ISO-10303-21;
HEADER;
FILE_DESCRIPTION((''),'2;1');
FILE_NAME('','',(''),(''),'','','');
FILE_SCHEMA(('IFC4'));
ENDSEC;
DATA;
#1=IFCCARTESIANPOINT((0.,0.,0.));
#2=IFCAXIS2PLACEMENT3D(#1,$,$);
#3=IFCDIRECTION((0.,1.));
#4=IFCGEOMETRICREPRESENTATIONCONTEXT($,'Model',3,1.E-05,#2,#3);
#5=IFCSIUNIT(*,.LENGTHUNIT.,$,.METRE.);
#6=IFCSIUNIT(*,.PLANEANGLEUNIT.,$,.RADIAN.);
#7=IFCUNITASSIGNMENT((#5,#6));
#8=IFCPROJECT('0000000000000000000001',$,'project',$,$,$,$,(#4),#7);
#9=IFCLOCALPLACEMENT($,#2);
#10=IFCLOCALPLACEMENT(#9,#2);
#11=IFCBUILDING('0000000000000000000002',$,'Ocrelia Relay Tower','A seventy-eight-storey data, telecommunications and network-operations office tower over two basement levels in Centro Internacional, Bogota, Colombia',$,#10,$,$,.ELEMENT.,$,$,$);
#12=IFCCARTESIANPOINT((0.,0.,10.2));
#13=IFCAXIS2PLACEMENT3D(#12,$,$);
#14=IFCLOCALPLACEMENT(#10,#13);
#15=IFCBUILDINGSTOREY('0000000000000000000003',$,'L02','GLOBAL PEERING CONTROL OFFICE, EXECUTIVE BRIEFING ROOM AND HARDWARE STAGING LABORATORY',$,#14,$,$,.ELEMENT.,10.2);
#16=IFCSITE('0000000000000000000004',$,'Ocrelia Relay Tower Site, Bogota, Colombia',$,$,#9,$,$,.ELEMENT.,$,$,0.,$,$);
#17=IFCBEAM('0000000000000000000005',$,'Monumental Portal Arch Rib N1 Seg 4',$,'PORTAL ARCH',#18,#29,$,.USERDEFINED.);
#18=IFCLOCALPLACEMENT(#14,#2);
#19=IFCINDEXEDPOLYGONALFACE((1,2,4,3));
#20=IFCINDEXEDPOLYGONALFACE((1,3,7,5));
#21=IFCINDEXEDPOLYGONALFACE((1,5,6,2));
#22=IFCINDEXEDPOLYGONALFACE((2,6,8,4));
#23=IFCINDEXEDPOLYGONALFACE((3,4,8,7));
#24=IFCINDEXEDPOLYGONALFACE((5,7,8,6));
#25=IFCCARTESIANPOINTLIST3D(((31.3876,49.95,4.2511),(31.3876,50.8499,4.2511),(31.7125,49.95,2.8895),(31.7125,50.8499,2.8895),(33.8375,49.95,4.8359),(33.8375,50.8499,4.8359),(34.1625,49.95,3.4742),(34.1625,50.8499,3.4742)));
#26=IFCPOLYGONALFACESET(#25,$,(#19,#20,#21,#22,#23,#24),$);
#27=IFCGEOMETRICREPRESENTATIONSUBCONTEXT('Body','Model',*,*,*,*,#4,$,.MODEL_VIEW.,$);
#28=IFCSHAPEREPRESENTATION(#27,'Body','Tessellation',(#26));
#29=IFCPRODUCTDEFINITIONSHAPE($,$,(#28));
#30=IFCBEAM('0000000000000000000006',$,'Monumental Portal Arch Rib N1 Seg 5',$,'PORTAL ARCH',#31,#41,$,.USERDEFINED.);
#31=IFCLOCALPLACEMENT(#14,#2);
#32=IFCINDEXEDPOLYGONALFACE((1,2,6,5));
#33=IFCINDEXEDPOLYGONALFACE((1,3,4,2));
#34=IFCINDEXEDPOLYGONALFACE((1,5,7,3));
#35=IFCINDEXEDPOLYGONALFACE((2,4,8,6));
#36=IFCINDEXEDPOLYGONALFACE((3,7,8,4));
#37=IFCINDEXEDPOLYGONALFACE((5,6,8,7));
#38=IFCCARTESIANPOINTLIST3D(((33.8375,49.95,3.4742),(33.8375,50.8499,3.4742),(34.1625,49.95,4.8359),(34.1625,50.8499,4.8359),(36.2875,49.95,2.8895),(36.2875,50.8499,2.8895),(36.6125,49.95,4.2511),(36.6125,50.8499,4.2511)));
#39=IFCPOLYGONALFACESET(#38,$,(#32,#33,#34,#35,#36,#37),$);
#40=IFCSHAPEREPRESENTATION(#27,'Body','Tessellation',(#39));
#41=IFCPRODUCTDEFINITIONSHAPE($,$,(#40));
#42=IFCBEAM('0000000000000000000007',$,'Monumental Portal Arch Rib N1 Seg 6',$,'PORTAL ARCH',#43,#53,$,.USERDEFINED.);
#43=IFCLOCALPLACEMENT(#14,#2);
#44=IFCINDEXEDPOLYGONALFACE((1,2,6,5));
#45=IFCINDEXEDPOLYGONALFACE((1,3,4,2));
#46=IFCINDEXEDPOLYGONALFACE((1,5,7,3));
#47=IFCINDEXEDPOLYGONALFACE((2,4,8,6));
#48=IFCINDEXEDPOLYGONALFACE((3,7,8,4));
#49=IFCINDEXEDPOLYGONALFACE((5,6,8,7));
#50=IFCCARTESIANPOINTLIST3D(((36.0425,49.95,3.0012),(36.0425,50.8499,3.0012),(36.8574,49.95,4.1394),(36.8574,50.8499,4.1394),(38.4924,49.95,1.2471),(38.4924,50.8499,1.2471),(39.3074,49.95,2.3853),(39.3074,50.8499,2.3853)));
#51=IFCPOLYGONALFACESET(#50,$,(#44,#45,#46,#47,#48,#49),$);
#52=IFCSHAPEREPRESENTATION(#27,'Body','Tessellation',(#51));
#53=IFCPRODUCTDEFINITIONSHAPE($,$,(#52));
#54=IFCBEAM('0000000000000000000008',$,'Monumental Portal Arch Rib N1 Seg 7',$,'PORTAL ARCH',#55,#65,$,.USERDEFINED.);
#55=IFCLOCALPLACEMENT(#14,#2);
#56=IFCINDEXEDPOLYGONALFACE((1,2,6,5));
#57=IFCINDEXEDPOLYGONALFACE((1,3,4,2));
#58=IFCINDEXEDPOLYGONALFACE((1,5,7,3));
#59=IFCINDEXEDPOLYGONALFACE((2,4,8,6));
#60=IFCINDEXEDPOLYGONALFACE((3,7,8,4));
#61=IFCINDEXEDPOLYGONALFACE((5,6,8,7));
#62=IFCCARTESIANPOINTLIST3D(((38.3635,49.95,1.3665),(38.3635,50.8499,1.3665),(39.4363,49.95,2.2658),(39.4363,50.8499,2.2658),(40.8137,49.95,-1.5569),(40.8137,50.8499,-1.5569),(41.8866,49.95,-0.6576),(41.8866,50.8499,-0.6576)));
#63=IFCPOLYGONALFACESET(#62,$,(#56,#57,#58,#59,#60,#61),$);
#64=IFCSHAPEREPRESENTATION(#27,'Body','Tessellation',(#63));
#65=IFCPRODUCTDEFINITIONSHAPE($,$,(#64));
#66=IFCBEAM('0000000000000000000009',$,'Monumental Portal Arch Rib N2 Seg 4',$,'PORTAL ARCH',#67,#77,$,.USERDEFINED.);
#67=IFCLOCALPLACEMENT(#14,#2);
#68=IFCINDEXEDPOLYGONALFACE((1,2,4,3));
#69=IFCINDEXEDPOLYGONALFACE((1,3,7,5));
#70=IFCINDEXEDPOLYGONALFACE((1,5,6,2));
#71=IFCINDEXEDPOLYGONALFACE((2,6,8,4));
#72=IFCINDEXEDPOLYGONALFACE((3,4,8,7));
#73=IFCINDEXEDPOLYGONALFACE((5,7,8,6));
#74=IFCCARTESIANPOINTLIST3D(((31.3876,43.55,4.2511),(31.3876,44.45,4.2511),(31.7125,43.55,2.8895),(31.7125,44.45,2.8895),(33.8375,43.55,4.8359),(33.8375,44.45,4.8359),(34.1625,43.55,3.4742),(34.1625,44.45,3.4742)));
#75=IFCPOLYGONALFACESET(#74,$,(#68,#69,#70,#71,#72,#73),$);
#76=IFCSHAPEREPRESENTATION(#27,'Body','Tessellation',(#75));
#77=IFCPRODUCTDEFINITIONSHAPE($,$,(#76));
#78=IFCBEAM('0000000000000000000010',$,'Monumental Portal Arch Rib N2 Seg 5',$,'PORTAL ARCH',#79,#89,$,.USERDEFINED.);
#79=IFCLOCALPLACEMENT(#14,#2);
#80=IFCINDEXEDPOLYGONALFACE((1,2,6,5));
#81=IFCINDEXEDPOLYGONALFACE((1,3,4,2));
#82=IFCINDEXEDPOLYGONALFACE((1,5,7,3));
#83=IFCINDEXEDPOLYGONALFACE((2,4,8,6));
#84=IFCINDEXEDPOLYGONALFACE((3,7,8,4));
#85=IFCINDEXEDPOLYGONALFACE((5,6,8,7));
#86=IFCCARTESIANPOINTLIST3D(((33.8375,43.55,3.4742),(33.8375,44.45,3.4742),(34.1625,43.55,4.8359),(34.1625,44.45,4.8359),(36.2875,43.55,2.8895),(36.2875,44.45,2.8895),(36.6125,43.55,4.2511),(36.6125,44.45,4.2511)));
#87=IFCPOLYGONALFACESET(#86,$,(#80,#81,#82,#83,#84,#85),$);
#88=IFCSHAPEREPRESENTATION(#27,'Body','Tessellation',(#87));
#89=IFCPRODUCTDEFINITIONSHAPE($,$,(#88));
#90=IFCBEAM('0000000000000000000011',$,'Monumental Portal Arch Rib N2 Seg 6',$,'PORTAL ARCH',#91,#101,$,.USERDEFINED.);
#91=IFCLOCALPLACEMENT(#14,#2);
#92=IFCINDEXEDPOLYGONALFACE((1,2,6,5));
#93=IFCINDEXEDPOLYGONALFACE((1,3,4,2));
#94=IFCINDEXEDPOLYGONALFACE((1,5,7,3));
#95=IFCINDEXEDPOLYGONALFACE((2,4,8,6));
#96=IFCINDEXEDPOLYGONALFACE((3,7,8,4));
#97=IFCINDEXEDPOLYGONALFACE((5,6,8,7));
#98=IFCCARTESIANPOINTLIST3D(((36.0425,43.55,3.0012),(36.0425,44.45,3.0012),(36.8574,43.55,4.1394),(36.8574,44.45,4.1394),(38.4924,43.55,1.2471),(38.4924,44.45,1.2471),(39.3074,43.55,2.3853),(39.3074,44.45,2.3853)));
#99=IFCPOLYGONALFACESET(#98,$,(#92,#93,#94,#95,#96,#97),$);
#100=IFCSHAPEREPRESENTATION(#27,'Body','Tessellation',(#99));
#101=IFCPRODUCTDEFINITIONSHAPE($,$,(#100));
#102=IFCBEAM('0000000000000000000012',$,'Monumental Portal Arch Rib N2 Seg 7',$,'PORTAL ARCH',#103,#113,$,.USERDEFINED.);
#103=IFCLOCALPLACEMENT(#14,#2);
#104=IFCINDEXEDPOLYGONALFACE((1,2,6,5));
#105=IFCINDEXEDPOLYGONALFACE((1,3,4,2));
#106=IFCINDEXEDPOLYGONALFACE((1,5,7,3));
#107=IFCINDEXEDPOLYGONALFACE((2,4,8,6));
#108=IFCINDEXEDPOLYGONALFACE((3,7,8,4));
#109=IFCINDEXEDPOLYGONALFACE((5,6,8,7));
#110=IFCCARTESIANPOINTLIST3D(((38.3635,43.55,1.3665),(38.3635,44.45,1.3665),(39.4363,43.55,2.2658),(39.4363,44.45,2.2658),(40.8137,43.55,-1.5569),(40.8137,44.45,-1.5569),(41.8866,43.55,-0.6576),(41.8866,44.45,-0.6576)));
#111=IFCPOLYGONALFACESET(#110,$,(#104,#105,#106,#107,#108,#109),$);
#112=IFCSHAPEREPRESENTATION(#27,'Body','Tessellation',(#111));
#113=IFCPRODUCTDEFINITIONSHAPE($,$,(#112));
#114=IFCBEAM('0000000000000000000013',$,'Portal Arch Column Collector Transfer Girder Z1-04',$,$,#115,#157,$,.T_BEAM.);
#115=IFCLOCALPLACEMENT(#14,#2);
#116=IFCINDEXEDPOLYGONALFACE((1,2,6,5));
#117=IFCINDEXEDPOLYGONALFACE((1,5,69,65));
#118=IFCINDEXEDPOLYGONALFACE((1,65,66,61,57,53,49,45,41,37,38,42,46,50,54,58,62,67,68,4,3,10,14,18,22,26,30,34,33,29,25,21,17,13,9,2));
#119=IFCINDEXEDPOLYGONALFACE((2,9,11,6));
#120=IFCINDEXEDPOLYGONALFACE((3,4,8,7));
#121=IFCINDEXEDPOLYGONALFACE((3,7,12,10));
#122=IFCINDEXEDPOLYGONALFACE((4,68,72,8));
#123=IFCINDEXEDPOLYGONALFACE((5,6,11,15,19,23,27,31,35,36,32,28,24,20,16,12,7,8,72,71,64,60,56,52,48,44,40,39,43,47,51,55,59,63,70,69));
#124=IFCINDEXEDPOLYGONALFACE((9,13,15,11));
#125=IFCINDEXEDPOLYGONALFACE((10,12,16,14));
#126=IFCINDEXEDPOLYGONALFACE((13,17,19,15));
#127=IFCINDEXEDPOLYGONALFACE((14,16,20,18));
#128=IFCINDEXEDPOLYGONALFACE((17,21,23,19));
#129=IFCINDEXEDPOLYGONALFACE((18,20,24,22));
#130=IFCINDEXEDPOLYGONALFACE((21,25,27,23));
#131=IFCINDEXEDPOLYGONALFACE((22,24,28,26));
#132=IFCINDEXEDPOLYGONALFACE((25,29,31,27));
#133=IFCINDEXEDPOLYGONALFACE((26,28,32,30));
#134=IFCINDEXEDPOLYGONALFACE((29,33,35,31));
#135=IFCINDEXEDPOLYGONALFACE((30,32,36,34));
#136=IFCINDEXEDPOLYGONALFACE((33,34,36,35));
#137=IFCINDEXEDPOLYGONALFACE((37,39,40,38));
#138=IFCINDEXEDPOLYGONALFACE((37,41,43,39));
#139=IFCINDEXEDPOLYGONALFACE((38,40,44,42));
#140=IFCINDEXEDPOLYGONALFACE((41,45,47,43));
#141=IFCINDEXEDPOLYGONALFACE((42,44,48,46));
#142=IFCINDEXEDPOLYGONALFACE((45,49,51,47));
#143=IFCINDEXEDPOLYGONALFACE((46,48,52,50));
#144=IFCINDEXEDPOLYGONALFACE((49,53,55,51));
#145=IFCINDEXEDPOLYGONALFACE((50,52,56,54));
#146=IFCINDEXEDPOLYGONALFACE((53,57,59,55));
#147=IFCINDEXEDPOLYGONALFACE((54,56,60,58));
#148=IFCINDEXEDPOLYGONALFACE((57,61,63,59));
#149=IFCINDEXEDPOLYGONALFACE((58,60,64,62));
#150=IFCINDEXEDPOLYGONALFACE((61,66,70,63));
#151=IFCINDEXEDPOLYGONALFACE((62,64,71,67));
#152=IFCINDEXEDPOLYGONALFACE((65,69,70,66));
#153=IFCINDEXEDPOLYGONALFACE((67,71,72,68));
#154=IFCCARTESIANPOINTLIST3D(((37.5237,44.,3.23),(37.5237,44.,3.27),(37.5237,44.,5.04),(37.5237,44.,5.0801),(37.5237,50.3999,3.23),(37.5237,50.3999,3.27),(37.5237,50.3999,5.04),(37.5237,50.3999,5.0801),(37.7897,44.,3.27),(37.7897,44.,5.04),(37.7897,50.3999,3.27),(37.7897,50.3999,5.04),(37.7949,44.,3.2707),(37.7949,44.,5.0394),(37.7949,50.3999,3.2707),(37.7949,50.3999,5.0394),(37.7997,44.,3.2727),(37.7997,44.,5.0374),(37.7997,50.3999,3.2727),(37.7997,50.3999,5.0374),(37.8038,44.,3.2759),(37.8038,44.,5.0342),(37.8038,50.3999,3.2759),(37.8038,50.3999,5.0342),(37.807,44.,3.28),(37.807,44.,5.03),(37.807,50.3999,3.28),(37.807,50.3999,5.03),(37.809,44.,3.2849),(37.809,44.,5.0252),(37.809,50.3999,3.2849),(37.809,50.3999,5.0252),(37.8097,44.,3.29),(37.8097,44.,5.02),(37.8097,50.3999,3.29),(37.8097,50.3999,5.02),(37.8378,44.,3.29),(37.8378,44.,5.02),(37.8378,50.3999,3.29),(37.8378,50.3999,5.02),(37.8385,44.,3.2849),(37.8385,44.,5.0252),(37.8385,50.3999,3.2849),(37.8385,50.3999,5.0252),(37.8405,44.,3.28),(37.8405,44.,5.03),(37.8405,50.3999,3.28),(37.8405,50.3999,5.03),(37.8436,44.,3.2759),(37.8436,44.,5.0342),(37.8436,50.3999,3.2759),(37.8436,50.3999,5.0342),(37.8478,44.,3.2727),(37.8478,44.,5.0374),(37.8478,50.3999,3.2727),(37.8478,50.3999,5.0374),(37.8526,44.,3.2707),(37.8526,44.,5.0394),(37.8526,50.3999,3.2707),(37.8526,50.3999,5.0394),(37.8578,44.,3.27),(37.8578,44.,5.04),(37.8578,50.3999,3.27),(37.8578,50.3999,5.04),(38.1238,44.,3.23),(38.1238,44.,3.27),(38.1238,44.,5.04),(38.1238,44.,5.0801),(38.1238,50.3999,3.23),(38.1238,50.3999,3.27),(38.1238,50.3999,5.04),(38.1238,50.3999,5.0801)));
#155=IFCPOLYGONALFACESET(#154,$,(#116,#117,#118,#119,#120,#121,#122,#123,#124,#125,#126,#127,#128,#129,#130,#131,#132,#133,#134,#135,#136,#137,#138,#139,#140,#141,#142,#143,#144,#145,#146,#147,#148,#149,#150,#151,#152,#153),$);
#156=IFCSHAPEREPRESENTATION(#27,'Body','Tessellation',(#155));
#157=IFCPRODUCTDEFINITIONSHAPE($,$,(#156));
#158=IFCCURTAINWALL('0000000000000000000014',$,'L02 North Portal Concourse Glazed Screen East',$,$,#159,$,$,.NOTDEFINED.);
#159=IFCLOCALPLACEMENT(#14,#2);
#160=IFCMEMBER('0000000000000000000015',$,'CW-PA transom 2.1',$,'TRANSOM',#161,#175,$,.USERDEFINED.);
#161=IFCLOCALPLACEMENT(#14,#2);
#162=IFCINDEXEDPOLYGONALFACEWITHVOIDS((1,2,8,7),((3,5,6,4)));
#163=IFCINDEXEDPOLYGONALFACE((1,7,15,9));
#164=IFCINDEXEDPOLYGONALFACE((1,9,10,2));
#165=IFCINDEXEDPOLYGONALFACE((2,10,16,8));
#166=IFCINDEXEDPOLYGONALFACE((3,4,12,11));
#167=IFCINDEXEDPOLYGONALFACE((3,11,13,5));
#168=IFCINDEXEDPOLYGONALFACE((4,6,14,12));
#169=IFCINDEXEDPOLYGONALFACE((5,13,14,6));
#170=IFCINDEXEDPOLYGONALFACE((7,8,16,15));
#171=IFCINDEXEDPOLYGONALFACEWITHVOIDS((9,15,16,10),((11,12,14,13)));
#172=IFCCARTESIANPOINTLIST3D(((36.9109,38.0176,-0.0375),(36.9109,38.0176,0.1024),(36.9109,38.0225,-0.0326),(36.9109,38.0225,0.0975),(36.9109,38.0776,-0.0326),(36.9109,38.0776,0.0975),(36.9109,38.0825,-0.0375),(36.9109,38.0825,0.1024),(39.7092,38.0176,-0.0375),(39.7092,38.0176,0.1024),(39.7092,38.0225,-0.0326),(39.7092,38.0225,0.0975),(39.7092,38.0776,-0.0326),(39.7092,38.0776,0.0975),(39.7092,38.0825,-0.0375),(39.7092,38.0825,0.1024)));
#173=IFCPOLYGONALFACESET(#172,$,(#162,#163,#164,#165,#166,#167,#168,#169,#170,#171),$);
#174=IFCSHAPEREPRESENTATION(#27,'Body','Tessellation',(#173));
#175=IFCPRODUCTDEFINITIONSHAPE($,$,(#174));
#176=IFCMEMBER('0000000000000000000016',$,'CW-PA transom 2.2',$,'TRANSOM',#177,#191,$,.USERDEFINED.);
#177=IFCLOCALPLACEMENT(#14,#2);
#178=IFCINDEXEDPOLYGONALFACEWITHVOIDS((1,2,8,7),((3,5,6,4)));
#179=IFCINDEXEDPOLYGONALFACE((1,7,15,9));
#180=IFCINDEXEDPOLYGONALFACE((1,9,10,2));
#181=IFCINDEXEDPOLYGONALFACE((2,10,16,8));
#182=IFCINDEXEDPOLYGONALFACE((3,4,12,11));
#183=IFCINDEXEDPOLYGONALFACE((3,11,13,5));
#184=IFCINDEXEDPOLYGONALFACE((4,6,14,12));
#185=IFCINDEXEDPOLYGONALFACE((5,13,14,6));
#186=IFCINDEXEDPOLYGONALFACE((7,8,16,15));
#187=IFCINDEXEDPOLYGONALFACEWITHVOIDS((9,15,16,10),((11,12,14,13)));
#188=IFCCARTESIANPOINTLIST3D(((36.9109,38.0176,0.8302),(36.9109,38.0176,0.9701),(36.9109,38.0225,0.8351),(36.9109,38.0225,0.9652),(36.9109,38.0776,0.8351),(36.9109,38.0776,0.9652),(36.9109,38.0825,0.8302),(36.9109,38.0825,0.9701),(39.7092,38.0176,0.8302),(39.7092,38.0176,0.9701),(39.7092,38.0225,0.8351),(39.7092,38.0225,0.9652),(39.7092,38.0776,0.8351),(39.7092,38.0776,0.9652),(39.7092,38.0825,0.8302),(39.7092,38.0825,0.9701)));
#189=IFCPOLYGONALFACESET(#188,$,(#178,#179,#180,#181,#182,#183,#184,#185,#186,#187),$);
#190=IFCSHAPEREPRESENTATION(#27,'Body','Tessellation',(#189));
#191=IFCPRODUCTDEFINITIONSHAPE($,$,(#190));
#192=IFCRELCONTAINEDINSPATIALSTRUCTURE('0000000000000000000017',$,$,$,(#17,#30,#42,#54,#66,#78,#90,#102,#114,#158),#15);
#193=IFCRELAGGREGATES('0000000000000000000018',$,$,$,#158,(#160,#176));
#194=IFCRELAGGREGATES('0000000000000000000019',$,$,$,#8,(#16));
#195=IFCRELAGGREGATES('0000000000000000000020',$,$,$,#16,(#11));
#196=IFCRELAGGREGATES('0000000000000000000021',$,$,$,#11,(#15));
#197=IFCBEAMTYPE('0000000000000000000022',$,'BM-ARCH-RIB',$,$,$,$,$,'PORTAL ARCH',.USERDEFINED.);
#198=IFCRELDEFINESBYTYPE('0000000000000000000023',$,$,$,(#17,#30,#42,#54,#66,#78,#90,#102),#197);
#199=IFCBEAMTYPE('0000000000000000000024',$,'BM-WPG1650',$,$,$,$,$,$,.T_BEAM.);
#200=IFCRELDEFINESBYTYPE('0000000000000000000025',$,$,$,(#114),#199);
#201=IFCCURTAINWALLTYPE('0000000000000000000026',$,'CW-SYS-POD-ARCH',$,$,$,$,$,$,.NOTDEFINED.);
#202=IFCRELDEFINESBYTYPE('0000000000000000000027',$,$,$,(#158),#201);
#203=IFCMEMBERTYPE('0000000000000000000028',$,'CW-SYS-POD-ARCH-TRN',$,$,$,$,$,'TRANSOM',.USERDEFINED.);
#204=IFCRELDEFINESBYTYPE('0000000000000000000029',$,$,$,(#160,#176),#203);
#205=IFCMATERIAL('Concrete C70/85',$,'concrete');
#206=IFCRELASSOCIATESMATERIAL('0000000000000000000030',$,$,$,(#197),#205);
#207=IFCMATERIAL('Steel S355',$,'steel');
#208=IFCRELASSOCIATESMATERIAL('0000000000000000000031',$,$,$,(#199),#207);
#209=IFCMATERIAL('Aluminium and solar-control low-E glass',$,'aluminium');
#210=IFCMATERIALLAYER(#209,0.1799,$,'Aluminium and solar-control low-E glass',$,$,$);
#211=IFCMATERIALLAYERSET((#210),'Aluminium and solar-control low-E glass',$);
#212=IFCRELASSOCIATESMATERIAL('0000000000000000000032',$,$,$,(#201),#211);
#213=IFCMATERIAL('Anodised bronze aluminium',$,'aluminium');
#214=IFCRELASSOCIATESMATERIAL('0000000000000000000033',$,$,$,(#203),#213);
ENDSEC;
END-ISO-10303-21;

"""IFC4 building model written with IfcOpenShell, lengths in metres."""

from ifc_helpers import new_model, si_unit, direction, frame, origin, origin_2d, place, context, subcontext, project, spatial, rectangle, hollow_rectangle, i_section, extrude, material, layer, layer_set, material_profile, profile_set, type_object, element, aggregate, save


model = new_model("IFC4")

# Units and contexts
model_context = context("Model", 3, precision=1e-05, world=origin(), true_north=direction((0.0, 1.0)))
body_context = subcontext(model_context, "Body", "Model", "MODEL_VIEW")
ifc_project = project(units=[si_unit("LENGTHUNIT", "METRE"), si_unit("PLANEANGLEUNIT", "RADIAN")], contexts=[model_context])

# Site, building, storey
site_placement = place(None, origin())
site = spatial("IfcSite", under=ifc_project, at=site_placement, Name="Ocrelia Relay Tower Site, Bogota, Colombia", CompositionType="ELEMENT", RefElevation=0.0)
building_placement = place(site_placement, origin())
building = spatial("IfcBuilding", under=site, at=building_placement, Name="Ocrelia Relay Tower", Description="A seventy-eight-storey data, telecommunications and network-operations office tower over two basement levels in Centro Internacional, Bogota, Colombia", CompositionType="ELEMENT")
storey_placement = place(building_placement, frame((0.0, 0.0, 10.2)))
storey = spatial("IfcBuildingStorey", under=building, at=storey_placement, Name="L02", Description="GLOBAL PEERING CONTROL OFFICE, EXECUTIVE BRIEFING ROOM AND HARDWARE STAGING LABORATORY", CompositionType="ELEMENT", Elevation=10.2)

# Beams
ifc_material_1 = material(Name="Concrete C70/85", Category="concrete")
ifc_material_profile_1 = material_profile(ifc_material_1, rectangle(XDim=0.8999, YDim=1.3999, at=origin_2d()), Name="RC-BM-900x1400")
ifc_profile_set_1 = profile_set([ifc_material_profile_1], Name="Concrete C70/85")
beam_type_1 = type_object("IfcBeamType", Name="BM-ARCH-RIB", ElementType="PORTAL ARCH", PredefinedType="USERDEFINED", material=ifc_profile_set_1)
for number, where, z_axis, x_axis, name in (
    (1, (31.55, 50.3999, 3.5703), (0.972681, 0.0, 0.232145), (0.0, 1.0, 0.0), "Monumental Portal Arch Rib N1 Seg 4"),
    (2, (34.0, 50.3999, 4.155), (0.972681, 0.0, -0.232145), (0.0, 1.0, 0.0), "Monumental Portal Arch Rib N1 Seg 5"),
):
    element("IfcBeam", number, at=place(storey_placement, frame(where, z_axis=z_axis, x_axis=x_axis)), inside=storey, type_object=beam_type_1, Name=name, ObjectType="PORTAL ARCH", PredefinedType="USERDEFINED", context=body_context, shape_type="SweptSolid", body=[
        extrude(rectangle(XDim=0.8999, YDim=1.3999, at=origin_2d()), origin(), (0.0, 0.0, 1.0), 2.5188),
    ])
beam_1_placement = place(storey_placement, frame((36.45, 50.3999, 3.5703), z_axis=(0.813076, 0.0, -0.582158), x_axis=(0.0, 1.0, 0.0)))
element("IfcBeam", 3, at=beam_1_placement, inside=storey, type_object=beam_type_1, Name="Monumental Portal Arch Rib N1 Seg 6", ObjectType="PORTAL ARCH", PredefinedType="USERDEFINED", context=body_context, shape_type="SweptSolid", body=[
    extrude(rectangle(XDim=0.8999, YDim=1.3999, at=origin_2d()), origin(), (0.0, 0.0, 1.0), 3.0132),
])
beam_2_placement = place(storey_placement, frame((38.8999, 50.3999, 1.8162), z_axis=(0.64236, 0.0, -0.766403), x_axis=(0.0, 1.0, 0.0)))
element("IfcBeam", 4, at=beam_2_placement, inside=storey, type_object=beam_type_1, Name="Monumental Portal Arch Rib N1 Seg 7", ObjectType="PORTAL ARCH", PredefinedType="USERDEFINED", context=body_context, shape_type="SweptSolid", body=[
    extrude(rectangle(XDim=0.8999, YDim=1.3999, at=origin_2d()), origin(), (0.0, 0.0, 1.0), 3.8145),
])
for number, where, z_axis, x_axis, name in (
    (5, (31.55, 44.0, 3.5703), (0.972681, 0.0, 0.232145), (0.0, 1.0, 0.0), "Monumental Portal Arch Rib N2 Seg 4"),
    (6, (34.0, 44.0, 4.155), (0.972681, 0.0, -0.232145), (0.0, 1.0, 0.0), "Monumental Portal Arch Rib N2 Seg 5"),
):
    element("IfcBeam", number, at=place(storey_placement, frame(where, z_axis=z_axis, x_axis=x_axis)), inside=storey, type_object=beam_type_1, Name=name, ObjectType="PORTAL ARCH", PredefinedType="USERDEFINED", context=body_context, shape_type="SweptSolid", body=[
        extrude(rectangle(XDim=0.8999, YDim=1.3999, at=origin_2d()), origin(), (0.0, 0.0, 1.0), 2.5188),
    ])
beam_3_placement = place(storey_placement, frame((36.45, 44.0, 3.5703), z_axis=(0.813076, 0.0, -0.582158), x_axis=(0.0, 1.0, 0.0)))
element("IfcBeam", 7, at=beam_3_placement, inside=storey, type_object=beam_type_1, Name="Monumental Portal Arch Rib N2 Seg 6", ObjectType="PORTAL ARCH", PredefinedType="USERDEFINED", context=body_context, shape_type="SweptSolid", body=[
    extrude(rectangle(XDim=0.8999, YDim=1.3999, at=origin_2d()), origin(), (0.0, 0.0, 1.0), 3.0132),
])
beam_4_placement = place(storey_placement, frame((38.8999, 44.0, 1.8162), z_axis=(0.64236, 0.0, -0.766403), x_axis=(0.0, 1.0, 0.0)))
element("IfcBeam", 8, at=beam_4_placement, inside=storey, type_object=beam_type_1, Name="Monumental Portal Arch Rib N2 Seg 7", ObjectType="PORTAL ARCH", PredefinedType="USERDEFINED", context=body_context, shape_type="SweptSolid", body=[
    extrude(rectangle(XDim=0.8999, YDim=1.3999, at=origin_2d()), origin(), (0.0, 0.0, 1.0), 3.8145),
])
ifc_material_2 = material(Name="Steel S355", Category="steel")
ifc_material_profile_2 = material_profile(ifc_material_2, i_section(OverallWidth=0.6001, OverallDepth=1.8501, WebThickness=0.0281, FlangeThickness=0.04, FilletRadius=0.02, at=origin_2d()), Name="WPG 1850x600")
ifc_profile_set_2 = profile_set([ifc_material_profile_2], Name="Steel S355")
beam_type_2 = type_object("IfcBeamType", Name="BM-WPG1650", PredefinedType="T_BEAM", material=ifc_profile_set_2)
beam_5_placement = place(storey_placement, frame((37.8237, 44.0, 4.155), z_axis=(0.0, 1.0, 0.0), x_axis=(-1.0, 0.0, 0.0)))
element("IfcBeam", 9, at=beam_5_placement, inside=storey, type_object=beam_type_2, Name="Portal Arch Column Collector Transfer Girder Z1-04", PredefinedType="T_BEAM", context=body_context, shape_type="SweptSolid", body=[
    extrude(i_section(OverallWidth=0.6001, OverallDepth=1.8501, WebThickness=0.0281, FlangeThickness=0.04, FilletRadius=0.02, at=origin_2d()), origin(), (0.0, 0.0, 1.0), 6.3999),
])

# Curtain wall, members
ifc_material_3 = material(Name="Aluminium and solar-control low-E glass", Category="aluminium")
ifc_layer_1 = layer(ifc_material_3, 0.1799, Name="Aluminium and solar-control low-E glass")
ifc_layer_set_1 = layer_set([ifc_layer_1], Name="Aluminium and solar-control low-E glass")
curtain_wall_type = type_object("IfcCurtainWallType", Name="CW-SYS-POD-ARCH", PredefinedType="NOTDEFINED", material=ifc_layer_set_1)
curtain_wall_placement = place(storey_placement, origin())
curtain_wall = element("IfcCurtainWall", 10, at=curtain_wall_placement, inside=storey, type_object=curtain_wall_type, Name="L02 North Portal Concourse Glazed Screen East", PredefinedType="NOTDEFINED")
ifc_material_4 = material(Name="Anodised bronze aluminium", Category="aluminium")
ifc_material_profile_3 = material_profile(ifc_material_4, hollow_rectangle(XDim=0.0649, YDim=0.1399, WallThickness=0.0049, at=origin_2d()), Name="CW-TRN-140x65")
ifc_profile_set_3 = profile_set([ifc_material_profile_3], Name="Anodised bronze aluminium")
member_type_1 = type_object("IfcMemberType", Name="CW-SYS-POD-ARCH-TRN", ElementType="TRANSOM", PredefinedType="USERDEFINED", material=ifc_profile_set_3)
member_1_placement = place(storey_placement, frame((36.9109, 38.05, 0.0325), z_axis=(1.0, 0.0, 0.0), x_axis=(0.0, 1.0, 0.0)))
member_1 = element("IfcMember", 11, at=member_1_placement, type_object=member_type_1, Name="CW-PA transom 2.1", ObjectType="TRANSOM", PredefinedType="USERDEFINED", context=body_context, shape_type="SweptSolid", body=[
    extrude(hollow_rectangle(XDim=0.0649, YDim=0.1399, WallThickness=0.0049, at=origin_2d()), origin(), (0.0, 0.0, 1.0), 2.7983),
])
member_2_placement = place(storey_placement, frame((36.9109, 38.05, 0.9001), z_axis=(1.0, 0.0, 0.0), x_axis=(0.0, 1.0, 0.0)))
member_2 = element("IfcMember", 12, at=member_2_placement, type_object=member_type_1, Name="CW-PA transom 2.2", ObjectType="TRANSOM", PredefinedType="USERDEFINED", context=body_context, shape_type="SweptSolid", body=[
    extrude(hollow_rectangle(XDim=0.0649, YDim=0.1399, WallThickness=0.0049, at=origin_2d()), origin(), (0.0, 0.0, 1.0), 2.7983),
])

aggregate(curtain_wall, [member_1, member_2])

save(model, "model.ifc")
